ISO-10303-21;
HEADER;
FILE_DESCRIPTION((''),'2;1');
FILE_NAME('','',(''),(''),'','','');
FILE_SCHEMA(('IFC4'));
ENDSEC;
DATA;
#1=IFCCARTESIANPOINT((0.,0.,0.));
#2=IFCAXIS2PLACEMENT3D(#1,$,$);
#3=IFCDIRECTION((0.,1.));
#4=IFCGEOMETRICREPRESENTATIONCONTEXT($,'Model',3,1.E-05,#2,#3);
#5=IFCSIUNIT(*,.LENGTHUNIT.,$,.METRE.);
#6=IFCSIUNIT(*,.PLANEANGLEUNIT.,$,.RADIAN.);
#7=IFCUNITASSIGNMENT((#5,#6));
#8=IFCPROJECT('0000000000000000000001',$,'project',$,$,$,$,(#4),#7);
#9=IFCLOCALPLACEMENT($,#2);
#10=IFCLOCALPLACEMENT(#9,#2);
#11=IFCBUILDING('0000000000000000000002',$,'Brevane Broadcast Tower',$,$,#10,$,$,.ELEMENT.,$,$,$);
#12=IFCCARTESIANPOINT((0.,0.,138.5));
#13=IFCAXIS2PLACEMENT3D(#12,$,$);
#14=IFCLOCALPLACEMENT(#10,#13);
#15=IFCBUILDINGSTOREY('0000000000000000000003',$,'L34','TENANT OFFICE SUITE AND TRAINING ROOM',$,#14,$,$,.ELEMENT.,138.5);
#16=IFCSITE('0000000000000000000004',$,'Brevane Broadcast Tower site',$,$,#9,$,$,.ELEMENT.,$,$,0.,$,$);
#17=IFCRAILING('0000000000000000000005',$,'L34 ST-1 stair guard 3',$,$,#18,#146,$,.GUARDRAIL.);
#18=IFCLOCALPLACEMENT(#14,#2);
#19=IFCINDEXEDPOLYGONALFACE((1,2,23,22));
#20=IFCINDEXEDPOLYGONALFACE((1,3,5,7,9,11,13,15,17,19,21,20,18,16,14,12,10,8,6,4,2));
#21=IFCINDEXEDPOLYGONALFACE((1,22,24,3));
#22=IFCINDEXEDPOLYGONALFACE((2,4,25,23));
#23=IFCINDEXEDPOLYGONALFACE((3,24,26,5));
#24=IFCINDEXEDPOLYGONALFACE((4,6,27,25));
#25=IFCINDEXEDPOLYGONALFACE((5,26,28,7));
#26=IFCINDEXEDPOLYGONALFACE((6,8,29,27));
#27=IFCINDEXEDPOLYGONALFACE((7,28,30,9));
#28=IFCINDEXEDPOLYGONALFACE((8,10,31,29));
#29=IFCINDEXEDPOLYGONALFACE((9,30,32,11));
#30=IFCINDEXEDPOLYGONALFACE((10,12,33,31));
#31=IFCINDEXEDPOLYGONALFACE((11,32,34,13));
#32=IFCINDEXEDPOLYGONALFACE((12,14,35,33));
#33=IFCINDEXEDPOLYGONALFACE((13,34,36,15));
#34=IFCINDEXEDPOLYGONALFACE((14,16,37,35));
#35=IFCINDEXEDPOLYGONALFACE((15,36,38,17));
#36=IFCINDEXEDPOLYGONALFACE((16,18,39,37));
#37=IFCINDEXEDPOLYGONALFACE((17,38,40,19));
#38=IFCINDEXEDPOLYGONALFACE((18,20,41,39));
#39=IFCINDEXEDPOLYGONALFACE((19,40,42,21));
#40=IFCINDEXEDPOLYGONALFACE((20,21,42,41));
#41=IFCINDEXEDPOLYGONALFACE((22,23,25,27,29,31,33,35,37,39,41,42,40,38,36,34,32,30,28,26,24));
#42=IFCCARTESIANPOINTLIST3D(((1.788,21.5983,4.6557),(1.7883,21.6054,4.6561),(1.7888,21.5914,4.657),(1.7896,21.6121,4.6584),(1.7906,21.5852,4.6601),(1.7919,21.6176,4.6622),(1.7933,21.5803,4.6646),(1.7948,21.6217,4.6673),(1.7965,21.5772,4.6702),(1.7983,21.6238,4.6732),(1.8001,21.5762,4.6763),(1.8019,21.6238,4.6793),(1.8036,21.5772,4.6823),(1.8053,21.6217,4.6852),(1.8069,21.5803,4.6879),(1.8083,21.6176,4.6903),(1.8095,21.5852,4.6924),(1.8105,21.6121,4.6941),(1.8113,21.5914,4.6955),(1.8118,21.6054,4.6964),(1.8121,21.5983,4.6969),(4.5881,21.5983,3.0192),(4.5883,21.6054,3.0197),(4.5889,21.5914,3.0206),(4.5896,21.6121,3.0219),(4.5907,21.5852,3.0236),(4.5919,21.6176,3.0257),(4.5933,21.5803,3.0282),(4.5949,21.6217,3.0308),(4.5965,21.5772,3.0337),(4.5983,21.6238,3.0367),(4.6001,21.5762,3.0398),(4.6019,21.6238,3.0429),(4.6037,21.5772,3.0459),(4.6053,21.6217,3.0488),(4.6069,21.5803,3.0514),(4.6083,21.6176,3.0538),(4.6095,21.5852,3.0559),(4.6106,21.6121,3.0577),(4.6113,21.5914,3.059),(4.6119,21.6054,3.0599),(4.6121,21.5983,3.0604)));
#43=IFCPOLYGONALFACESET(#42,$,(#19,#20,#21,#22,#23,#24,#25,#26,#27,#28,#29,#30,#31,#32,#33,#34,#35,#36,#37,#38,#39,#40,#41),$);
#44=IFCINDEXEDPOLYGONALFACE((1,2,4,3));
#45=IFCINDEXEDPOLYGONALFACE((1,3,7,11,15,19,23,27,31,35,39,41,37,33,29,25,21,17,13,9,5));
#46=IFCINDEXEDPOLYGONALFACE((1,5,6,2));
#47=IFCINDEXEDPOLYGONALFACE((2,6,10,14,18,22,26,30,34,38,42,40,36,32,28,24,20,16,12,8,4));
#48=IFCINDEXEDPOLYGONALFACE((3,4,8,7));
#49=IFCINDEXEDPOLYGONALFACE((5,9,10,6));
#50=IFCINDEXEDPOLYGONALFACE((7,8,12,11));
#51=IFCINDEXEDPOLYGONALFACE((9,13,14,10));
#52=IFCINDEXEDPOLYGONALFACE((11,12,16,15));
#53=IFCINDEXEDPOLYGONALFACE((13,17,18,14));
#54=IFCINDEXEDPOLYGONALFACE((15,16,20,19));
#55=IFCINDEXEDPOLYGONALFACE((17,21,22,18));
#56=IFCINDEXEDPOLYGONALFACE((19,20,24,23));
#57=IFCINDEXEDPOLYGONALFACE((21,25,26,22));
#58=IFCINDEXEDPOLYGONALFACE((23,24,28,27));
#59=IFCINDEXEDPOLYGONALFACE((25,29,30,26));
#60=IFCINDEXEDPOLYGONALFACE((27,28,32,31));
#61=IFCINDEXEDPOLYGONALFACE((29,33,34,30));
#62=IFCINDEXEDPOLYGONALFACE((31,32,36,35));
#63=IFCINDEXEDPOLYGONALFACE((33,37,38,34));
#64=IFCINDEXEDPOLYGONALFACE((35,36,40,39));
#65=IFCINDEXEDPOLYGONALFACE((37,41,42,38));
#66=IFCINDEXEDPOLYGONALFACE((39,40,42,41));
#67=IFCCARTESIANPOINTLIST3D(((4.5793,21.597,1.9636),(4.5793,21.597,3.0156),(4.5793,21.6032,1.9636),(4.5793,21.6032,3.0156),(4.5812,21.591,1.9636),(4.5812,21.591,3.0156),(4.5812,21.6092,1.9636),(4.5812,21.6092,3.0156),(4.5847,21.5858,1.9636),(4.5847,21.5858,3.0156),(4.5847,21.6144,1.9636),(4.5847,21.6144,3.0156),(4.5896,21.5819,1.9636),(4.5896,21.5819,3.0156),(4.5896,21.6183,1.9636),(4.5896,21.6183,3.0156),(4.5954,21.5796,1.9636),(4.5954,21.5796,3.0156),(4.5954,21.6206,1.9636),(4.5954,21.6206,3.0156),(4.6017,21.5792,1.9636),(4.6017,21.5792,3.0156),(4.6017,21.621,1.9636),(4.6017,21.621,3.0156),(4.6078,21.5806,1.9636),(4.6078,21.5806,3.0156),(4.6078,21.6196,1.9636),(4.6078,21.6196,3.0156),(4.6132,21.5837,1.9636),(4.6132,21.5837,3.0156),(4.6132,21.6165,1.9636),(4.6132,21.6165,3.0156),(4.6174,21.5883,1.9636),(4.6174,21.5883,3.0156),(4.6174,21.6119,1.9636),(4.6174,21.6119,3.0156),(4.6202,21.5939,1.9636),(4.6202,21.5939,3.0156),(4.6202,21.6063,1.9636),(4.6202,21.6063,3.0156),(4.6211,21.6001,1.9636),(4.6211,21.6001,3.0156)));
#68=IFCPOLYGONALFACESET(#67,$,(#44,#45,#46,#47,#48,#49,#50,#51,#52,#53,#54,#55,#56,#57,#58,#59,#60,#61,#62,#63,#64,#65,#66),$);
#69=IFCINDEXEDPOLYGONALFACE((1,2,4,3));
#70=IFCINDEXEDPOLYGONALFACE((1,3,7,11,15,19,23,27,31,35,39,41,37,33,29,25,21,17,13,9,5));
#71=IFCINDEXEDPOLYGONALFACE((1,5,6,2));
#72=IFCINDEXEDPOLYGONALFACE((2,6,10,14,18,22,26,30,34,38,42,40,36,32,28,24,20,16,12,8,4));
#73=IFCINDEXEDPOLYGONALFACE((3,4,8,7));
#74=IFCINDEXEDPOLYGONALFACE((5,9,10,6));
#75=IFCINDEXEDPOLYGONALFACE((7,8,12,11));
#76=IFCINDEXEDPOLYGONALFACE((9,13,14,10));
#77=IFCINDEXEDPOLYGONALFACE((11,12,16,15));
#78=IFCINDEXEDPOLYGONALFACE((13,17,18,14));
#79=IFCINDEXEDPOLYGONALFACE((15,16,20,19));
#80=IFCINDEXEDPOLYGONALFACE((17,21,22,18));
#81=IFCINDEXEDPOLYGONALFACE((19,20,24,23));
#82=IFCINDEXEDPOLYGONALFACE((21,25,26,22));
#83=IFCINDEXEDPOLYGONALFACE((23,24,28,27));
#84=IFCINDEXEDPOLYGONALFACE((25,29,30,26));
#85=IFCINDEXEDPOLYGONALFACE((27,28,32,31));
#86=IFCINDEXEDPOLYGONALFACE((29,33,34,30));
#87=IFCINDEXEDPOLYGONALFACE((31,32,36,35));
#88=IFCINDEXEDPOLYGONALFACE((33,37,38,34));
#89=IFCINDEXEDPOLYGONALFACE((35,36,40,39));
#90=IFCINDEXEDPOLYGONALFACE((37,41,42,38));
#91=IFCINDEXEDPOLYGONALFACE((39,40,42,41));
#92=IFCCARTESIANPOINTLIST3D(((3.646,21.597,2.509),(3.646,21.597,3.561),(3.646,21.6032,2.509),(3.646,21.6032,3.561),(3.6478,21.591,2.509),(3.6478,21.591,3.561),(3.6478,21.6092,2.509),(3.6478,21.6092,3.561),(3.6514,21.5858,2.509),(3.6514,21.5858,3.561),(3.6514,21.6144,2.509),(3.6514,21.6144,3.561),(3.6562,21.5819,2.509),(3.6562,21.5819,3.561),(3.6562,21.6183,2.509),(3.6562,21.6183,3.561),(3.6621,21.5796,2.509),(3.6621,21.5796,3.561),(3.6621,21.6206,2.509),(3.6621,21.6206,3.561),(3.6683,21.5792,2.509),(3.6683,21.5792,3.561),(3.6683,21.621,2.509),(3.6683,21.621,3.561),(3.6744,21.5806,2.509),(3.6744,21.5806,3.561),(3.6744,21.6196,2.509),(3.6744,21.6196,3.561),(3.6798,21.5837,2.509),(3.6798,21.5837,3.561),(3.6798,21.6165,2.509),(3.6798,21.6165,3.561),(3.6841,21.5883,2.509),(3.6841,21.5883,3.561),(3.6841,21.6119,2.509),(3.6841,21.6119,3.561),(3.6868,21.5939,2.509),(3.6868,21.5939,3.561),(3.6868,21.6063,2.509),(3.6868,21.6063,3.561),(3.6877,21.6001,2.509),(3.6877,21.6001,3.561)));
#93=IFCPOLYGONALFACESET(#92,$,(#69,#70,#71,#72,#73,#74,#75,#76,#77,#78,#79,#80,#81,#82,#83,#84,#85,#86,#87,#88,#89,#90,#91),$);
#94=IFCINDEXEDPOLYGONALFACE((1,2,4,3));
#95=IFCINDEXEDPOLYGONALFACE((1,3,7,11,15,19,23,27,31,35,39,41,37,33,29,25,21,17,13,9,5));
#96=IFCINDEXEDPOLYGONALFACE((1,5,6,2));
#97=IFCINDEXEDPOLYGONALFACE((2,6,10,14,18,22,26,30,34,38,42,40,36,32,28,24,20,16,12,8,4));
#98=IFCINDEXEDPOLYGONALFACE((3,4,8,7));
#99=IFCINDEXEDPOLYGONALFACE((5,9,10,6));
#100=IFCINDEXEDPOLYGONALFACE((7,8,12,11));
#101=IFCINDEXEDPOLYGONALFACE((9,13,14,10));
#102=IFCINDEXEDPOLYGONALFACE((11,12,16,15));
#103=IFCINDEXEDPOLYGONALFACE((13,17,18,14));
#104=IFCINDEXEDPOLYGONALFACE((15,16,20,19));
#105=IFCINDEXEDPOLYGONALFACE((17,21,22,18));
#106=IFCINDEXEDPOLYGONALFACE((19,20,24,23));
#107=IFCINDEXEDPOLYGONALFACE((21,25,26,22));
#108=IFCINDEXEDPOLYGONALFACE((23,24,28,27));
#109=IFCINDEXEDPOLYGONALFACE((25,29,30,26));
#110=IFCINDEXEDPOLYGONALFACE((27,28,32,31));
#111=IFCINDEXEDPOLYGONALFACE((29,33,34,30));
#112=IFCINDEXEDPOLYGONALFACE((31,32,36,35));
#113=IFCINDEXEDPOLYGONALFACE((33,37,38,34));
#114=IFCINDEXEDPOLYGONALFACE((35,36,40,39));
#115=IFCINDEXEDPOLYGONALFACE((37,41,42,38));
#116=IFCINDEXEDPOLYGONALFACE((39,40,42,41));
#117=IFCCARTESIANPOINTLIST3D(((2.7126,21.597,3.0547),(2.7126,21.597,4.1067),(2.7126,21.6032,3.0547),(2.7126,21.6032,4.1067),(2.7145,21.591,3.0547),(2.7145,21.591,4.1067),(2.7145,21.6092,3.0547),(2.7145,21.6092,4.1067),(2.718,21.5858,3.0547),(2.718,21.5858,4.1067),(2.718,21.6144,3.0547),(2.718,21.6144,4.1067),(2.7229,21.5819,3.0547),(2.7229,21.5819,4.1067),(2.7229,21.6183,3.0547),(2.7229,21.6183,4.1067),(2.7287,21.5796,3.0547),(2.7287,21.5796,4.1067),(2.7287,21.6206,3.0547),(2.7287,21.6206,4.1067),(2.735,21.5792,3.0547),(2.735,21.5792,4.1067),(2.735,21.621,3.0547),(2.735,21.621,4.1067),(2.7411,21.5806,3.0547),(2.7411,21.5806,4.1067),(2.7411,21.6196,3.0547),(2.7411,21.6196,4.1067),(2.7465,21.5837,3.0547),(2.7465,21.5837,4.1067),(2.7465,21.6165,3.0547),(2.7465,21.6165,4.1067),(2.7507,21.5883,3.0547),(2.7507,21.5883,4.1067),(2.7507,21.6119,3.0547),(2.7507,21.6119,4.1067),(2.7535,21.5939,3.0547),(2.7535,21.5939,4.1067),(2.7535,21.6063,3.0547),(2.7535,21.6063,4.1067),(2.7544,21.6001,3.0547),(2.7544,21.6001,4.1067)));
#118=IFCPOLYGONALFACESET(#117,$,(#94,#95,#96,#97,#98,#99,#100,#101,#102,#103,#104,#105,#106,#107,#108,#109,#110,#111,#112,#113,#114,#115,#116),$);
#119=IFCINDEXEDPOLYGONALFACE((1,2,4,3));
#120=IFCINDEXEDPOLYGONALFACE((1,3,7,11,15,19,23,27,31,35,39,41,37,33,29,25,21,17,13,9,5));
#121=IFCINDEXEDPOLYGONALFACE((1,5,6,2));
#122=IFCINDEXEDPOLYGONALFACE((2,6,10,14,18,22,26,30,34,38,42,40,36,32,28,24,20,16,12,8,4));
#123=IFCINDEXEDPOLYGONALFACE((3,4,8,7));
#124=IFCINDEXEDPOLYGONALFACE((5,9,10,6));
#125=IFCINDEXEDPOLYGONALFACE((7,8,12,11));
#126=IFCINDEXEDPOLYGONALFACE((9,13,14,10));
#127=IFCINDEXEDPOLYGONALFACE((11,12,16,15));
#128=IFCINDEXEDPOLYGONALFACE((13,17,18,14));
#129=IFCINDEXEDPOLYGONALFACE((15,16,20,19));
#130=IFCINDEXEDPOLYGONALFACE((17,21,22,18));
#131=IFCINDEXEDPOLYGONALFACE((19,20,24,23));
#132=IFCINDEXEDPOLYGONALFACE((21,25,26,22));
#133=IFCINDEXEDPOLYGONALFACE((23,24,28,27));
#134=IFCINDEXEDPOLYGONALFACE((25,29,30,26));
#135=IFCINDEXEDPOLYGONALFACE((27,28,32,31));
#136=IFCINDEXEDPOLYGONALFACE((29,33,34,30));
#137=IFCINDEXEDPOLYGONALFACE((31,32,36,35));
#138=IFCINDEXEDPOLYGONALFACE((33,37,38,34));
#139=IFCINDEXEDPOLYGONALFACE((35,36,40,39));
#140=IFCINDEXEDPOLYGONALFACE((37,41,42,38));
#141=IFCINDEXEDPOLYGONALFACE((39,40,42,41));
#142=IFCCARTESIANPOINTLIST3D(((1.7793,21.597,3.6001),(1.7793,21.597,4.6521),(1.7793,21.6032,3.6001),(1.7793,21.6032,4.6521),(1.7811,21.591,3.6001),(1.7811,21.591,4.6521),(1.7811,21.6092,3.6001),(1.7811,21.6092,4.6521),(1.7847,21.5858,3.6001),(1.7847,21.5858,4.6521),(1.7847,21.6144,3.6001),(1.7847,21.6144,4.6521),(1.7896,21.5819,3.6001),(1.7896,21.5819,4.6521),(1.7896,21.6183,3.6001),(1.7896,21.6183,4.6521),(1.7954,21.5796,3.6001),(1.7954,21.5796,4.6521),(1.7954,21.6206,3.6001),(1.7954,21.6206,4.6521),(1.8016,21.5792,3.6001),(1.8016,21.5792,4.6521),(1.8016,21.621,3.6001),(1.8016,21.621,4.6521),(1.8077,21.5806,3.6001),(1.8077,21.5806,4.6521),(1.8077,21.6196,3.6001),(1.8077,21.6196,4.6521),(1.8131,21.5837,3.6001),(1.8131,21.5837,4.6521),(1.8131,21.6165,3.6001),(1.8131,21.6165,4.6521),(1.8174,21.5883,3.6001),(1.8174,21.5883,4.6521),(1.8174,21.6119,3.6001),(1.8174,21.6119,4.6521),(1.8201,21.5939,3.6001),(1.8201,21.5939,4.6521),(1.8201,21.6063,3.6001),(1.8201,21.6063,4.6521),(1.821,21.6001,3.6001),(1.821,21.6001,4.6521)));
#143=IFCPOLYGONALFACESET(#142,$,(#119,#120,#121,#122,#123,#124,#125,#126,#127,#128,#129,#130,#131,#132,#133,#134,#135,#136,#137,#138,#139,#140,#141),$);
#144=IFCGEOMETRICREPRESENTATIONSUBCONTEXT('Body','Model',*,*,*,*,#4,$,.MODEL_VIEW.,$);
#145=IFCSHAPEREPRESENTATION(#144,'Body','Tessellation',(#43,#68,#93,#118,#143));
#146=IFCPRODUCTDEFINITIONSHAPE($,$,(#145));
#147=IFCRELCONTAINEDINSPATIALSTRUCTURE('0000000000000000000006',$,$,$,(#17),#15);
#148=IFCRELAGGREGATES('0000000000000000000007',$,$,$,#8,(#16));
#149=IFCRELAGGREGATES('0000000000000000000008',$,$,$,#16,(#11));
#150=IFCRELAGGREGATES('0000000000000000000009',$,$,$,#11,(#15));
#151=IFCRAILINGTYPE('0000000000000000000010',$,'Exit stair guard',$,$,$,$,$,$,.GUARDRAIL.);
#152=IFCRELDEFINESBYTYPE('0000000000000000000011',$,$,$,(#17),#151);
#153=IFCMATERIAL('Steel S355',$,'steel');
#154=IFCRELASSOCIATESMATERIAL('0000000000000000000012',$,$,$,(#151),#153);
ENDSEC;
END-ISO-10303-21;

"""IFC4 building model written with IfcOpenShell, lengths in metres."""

from ifc_helpers import new_model, si_unit, direction, frame, origin, origin_2d, place, context, subcontext, project, spatial, circle, extrude, material, type_object, element, save


model = new_model("IFC4")

# Units and contexts
model_context = context("Model", 3, precision=1e-05, world=origin(), true_north=direction((0.0, 1.0)))
body_context = subcontext(model_context, "Body", "Model", "MODEL_VIEW")
ifc_project = project(units=[si_unit("LENGTHUNIT", "METRE"), si_unit("PLANEANGLEUNIT", "RADIAN")], contexts=[model_context])

# Site, building, storey
site_placement = place(None, origin())
site = spatial("IfcSite", under=ifc_project, at=site_placement, Name="Brevane Broadcast Tower site", CompositionType="ELEMENT", RefElevation=0.0)
building_placement = place(site_placement, origin())
building = spatial("IfcBuilding", under=site, at=building_placement, Name="Brevane Broadcast Tower", CompositionType="ELEMENT")
storey_placement = place(building_placement, frame((0.0, 0.0, 138.5)))
storey = spatial("IfcBuildingStorey", under=building, at=storey_placement, Name="L34", Description="TENANT OFFICE SUITE AND TRAINING ROOM", CompositionType="ELEMENT", Elevation=138.5)

# Railing
ifc_material_1 = material(Name="Steel S355", Category="steel")
railing_type_1 = type_object("IfcRailingType", Name="Exit stair guard", PredefinedType="GUARDRAIL", material=ifc_material_1)
railing_1_placement = place(storey_placement, frame((4.6001, 21.6001, 1.9636)))
element("IfcRailing", 1, at=railing_1_placement, inside=storey, type_object=railing_type_1, Name="L34 ST-1 stair guard 3", PredefinedType="GUARDRAIL", context=body_context, shape_type="SweptSolid", body=[
    extrude(circle(Radius=0.0239, at=origin_2d()), frame((0.0, 0.0, 1.0762), z_axis=(-0.863361, 0.0, 0.504587), x_axis=(0.0, -1.0, 0.0)), (0.0, 0.0, 1.0), 3.2432),
    extrude(circle(Radius=0.021, at=origin_2d()), origin(), (0.0, 0.0, 1.0), 1.052),
    extrude(circle(Radius=0.021, at=origin_2d()), frame((-0.9333, 0.0, 0.5454)), (0.0, 0.0, 1.0), 1.052),
    extrude(circle(Radius=0.021, at=origin_2d()), frame((-1.8667, 0.0, 1.0911)), (0.0, 0.0, 1.0), 1.052),
    extrude(circle(Radius=0.021, at=origin_2d()), frame((-2.8, 0.0, 1.6365)), (0.0, 0.0, 1.0), 1.052),
])

save(model, "model.ifc")
